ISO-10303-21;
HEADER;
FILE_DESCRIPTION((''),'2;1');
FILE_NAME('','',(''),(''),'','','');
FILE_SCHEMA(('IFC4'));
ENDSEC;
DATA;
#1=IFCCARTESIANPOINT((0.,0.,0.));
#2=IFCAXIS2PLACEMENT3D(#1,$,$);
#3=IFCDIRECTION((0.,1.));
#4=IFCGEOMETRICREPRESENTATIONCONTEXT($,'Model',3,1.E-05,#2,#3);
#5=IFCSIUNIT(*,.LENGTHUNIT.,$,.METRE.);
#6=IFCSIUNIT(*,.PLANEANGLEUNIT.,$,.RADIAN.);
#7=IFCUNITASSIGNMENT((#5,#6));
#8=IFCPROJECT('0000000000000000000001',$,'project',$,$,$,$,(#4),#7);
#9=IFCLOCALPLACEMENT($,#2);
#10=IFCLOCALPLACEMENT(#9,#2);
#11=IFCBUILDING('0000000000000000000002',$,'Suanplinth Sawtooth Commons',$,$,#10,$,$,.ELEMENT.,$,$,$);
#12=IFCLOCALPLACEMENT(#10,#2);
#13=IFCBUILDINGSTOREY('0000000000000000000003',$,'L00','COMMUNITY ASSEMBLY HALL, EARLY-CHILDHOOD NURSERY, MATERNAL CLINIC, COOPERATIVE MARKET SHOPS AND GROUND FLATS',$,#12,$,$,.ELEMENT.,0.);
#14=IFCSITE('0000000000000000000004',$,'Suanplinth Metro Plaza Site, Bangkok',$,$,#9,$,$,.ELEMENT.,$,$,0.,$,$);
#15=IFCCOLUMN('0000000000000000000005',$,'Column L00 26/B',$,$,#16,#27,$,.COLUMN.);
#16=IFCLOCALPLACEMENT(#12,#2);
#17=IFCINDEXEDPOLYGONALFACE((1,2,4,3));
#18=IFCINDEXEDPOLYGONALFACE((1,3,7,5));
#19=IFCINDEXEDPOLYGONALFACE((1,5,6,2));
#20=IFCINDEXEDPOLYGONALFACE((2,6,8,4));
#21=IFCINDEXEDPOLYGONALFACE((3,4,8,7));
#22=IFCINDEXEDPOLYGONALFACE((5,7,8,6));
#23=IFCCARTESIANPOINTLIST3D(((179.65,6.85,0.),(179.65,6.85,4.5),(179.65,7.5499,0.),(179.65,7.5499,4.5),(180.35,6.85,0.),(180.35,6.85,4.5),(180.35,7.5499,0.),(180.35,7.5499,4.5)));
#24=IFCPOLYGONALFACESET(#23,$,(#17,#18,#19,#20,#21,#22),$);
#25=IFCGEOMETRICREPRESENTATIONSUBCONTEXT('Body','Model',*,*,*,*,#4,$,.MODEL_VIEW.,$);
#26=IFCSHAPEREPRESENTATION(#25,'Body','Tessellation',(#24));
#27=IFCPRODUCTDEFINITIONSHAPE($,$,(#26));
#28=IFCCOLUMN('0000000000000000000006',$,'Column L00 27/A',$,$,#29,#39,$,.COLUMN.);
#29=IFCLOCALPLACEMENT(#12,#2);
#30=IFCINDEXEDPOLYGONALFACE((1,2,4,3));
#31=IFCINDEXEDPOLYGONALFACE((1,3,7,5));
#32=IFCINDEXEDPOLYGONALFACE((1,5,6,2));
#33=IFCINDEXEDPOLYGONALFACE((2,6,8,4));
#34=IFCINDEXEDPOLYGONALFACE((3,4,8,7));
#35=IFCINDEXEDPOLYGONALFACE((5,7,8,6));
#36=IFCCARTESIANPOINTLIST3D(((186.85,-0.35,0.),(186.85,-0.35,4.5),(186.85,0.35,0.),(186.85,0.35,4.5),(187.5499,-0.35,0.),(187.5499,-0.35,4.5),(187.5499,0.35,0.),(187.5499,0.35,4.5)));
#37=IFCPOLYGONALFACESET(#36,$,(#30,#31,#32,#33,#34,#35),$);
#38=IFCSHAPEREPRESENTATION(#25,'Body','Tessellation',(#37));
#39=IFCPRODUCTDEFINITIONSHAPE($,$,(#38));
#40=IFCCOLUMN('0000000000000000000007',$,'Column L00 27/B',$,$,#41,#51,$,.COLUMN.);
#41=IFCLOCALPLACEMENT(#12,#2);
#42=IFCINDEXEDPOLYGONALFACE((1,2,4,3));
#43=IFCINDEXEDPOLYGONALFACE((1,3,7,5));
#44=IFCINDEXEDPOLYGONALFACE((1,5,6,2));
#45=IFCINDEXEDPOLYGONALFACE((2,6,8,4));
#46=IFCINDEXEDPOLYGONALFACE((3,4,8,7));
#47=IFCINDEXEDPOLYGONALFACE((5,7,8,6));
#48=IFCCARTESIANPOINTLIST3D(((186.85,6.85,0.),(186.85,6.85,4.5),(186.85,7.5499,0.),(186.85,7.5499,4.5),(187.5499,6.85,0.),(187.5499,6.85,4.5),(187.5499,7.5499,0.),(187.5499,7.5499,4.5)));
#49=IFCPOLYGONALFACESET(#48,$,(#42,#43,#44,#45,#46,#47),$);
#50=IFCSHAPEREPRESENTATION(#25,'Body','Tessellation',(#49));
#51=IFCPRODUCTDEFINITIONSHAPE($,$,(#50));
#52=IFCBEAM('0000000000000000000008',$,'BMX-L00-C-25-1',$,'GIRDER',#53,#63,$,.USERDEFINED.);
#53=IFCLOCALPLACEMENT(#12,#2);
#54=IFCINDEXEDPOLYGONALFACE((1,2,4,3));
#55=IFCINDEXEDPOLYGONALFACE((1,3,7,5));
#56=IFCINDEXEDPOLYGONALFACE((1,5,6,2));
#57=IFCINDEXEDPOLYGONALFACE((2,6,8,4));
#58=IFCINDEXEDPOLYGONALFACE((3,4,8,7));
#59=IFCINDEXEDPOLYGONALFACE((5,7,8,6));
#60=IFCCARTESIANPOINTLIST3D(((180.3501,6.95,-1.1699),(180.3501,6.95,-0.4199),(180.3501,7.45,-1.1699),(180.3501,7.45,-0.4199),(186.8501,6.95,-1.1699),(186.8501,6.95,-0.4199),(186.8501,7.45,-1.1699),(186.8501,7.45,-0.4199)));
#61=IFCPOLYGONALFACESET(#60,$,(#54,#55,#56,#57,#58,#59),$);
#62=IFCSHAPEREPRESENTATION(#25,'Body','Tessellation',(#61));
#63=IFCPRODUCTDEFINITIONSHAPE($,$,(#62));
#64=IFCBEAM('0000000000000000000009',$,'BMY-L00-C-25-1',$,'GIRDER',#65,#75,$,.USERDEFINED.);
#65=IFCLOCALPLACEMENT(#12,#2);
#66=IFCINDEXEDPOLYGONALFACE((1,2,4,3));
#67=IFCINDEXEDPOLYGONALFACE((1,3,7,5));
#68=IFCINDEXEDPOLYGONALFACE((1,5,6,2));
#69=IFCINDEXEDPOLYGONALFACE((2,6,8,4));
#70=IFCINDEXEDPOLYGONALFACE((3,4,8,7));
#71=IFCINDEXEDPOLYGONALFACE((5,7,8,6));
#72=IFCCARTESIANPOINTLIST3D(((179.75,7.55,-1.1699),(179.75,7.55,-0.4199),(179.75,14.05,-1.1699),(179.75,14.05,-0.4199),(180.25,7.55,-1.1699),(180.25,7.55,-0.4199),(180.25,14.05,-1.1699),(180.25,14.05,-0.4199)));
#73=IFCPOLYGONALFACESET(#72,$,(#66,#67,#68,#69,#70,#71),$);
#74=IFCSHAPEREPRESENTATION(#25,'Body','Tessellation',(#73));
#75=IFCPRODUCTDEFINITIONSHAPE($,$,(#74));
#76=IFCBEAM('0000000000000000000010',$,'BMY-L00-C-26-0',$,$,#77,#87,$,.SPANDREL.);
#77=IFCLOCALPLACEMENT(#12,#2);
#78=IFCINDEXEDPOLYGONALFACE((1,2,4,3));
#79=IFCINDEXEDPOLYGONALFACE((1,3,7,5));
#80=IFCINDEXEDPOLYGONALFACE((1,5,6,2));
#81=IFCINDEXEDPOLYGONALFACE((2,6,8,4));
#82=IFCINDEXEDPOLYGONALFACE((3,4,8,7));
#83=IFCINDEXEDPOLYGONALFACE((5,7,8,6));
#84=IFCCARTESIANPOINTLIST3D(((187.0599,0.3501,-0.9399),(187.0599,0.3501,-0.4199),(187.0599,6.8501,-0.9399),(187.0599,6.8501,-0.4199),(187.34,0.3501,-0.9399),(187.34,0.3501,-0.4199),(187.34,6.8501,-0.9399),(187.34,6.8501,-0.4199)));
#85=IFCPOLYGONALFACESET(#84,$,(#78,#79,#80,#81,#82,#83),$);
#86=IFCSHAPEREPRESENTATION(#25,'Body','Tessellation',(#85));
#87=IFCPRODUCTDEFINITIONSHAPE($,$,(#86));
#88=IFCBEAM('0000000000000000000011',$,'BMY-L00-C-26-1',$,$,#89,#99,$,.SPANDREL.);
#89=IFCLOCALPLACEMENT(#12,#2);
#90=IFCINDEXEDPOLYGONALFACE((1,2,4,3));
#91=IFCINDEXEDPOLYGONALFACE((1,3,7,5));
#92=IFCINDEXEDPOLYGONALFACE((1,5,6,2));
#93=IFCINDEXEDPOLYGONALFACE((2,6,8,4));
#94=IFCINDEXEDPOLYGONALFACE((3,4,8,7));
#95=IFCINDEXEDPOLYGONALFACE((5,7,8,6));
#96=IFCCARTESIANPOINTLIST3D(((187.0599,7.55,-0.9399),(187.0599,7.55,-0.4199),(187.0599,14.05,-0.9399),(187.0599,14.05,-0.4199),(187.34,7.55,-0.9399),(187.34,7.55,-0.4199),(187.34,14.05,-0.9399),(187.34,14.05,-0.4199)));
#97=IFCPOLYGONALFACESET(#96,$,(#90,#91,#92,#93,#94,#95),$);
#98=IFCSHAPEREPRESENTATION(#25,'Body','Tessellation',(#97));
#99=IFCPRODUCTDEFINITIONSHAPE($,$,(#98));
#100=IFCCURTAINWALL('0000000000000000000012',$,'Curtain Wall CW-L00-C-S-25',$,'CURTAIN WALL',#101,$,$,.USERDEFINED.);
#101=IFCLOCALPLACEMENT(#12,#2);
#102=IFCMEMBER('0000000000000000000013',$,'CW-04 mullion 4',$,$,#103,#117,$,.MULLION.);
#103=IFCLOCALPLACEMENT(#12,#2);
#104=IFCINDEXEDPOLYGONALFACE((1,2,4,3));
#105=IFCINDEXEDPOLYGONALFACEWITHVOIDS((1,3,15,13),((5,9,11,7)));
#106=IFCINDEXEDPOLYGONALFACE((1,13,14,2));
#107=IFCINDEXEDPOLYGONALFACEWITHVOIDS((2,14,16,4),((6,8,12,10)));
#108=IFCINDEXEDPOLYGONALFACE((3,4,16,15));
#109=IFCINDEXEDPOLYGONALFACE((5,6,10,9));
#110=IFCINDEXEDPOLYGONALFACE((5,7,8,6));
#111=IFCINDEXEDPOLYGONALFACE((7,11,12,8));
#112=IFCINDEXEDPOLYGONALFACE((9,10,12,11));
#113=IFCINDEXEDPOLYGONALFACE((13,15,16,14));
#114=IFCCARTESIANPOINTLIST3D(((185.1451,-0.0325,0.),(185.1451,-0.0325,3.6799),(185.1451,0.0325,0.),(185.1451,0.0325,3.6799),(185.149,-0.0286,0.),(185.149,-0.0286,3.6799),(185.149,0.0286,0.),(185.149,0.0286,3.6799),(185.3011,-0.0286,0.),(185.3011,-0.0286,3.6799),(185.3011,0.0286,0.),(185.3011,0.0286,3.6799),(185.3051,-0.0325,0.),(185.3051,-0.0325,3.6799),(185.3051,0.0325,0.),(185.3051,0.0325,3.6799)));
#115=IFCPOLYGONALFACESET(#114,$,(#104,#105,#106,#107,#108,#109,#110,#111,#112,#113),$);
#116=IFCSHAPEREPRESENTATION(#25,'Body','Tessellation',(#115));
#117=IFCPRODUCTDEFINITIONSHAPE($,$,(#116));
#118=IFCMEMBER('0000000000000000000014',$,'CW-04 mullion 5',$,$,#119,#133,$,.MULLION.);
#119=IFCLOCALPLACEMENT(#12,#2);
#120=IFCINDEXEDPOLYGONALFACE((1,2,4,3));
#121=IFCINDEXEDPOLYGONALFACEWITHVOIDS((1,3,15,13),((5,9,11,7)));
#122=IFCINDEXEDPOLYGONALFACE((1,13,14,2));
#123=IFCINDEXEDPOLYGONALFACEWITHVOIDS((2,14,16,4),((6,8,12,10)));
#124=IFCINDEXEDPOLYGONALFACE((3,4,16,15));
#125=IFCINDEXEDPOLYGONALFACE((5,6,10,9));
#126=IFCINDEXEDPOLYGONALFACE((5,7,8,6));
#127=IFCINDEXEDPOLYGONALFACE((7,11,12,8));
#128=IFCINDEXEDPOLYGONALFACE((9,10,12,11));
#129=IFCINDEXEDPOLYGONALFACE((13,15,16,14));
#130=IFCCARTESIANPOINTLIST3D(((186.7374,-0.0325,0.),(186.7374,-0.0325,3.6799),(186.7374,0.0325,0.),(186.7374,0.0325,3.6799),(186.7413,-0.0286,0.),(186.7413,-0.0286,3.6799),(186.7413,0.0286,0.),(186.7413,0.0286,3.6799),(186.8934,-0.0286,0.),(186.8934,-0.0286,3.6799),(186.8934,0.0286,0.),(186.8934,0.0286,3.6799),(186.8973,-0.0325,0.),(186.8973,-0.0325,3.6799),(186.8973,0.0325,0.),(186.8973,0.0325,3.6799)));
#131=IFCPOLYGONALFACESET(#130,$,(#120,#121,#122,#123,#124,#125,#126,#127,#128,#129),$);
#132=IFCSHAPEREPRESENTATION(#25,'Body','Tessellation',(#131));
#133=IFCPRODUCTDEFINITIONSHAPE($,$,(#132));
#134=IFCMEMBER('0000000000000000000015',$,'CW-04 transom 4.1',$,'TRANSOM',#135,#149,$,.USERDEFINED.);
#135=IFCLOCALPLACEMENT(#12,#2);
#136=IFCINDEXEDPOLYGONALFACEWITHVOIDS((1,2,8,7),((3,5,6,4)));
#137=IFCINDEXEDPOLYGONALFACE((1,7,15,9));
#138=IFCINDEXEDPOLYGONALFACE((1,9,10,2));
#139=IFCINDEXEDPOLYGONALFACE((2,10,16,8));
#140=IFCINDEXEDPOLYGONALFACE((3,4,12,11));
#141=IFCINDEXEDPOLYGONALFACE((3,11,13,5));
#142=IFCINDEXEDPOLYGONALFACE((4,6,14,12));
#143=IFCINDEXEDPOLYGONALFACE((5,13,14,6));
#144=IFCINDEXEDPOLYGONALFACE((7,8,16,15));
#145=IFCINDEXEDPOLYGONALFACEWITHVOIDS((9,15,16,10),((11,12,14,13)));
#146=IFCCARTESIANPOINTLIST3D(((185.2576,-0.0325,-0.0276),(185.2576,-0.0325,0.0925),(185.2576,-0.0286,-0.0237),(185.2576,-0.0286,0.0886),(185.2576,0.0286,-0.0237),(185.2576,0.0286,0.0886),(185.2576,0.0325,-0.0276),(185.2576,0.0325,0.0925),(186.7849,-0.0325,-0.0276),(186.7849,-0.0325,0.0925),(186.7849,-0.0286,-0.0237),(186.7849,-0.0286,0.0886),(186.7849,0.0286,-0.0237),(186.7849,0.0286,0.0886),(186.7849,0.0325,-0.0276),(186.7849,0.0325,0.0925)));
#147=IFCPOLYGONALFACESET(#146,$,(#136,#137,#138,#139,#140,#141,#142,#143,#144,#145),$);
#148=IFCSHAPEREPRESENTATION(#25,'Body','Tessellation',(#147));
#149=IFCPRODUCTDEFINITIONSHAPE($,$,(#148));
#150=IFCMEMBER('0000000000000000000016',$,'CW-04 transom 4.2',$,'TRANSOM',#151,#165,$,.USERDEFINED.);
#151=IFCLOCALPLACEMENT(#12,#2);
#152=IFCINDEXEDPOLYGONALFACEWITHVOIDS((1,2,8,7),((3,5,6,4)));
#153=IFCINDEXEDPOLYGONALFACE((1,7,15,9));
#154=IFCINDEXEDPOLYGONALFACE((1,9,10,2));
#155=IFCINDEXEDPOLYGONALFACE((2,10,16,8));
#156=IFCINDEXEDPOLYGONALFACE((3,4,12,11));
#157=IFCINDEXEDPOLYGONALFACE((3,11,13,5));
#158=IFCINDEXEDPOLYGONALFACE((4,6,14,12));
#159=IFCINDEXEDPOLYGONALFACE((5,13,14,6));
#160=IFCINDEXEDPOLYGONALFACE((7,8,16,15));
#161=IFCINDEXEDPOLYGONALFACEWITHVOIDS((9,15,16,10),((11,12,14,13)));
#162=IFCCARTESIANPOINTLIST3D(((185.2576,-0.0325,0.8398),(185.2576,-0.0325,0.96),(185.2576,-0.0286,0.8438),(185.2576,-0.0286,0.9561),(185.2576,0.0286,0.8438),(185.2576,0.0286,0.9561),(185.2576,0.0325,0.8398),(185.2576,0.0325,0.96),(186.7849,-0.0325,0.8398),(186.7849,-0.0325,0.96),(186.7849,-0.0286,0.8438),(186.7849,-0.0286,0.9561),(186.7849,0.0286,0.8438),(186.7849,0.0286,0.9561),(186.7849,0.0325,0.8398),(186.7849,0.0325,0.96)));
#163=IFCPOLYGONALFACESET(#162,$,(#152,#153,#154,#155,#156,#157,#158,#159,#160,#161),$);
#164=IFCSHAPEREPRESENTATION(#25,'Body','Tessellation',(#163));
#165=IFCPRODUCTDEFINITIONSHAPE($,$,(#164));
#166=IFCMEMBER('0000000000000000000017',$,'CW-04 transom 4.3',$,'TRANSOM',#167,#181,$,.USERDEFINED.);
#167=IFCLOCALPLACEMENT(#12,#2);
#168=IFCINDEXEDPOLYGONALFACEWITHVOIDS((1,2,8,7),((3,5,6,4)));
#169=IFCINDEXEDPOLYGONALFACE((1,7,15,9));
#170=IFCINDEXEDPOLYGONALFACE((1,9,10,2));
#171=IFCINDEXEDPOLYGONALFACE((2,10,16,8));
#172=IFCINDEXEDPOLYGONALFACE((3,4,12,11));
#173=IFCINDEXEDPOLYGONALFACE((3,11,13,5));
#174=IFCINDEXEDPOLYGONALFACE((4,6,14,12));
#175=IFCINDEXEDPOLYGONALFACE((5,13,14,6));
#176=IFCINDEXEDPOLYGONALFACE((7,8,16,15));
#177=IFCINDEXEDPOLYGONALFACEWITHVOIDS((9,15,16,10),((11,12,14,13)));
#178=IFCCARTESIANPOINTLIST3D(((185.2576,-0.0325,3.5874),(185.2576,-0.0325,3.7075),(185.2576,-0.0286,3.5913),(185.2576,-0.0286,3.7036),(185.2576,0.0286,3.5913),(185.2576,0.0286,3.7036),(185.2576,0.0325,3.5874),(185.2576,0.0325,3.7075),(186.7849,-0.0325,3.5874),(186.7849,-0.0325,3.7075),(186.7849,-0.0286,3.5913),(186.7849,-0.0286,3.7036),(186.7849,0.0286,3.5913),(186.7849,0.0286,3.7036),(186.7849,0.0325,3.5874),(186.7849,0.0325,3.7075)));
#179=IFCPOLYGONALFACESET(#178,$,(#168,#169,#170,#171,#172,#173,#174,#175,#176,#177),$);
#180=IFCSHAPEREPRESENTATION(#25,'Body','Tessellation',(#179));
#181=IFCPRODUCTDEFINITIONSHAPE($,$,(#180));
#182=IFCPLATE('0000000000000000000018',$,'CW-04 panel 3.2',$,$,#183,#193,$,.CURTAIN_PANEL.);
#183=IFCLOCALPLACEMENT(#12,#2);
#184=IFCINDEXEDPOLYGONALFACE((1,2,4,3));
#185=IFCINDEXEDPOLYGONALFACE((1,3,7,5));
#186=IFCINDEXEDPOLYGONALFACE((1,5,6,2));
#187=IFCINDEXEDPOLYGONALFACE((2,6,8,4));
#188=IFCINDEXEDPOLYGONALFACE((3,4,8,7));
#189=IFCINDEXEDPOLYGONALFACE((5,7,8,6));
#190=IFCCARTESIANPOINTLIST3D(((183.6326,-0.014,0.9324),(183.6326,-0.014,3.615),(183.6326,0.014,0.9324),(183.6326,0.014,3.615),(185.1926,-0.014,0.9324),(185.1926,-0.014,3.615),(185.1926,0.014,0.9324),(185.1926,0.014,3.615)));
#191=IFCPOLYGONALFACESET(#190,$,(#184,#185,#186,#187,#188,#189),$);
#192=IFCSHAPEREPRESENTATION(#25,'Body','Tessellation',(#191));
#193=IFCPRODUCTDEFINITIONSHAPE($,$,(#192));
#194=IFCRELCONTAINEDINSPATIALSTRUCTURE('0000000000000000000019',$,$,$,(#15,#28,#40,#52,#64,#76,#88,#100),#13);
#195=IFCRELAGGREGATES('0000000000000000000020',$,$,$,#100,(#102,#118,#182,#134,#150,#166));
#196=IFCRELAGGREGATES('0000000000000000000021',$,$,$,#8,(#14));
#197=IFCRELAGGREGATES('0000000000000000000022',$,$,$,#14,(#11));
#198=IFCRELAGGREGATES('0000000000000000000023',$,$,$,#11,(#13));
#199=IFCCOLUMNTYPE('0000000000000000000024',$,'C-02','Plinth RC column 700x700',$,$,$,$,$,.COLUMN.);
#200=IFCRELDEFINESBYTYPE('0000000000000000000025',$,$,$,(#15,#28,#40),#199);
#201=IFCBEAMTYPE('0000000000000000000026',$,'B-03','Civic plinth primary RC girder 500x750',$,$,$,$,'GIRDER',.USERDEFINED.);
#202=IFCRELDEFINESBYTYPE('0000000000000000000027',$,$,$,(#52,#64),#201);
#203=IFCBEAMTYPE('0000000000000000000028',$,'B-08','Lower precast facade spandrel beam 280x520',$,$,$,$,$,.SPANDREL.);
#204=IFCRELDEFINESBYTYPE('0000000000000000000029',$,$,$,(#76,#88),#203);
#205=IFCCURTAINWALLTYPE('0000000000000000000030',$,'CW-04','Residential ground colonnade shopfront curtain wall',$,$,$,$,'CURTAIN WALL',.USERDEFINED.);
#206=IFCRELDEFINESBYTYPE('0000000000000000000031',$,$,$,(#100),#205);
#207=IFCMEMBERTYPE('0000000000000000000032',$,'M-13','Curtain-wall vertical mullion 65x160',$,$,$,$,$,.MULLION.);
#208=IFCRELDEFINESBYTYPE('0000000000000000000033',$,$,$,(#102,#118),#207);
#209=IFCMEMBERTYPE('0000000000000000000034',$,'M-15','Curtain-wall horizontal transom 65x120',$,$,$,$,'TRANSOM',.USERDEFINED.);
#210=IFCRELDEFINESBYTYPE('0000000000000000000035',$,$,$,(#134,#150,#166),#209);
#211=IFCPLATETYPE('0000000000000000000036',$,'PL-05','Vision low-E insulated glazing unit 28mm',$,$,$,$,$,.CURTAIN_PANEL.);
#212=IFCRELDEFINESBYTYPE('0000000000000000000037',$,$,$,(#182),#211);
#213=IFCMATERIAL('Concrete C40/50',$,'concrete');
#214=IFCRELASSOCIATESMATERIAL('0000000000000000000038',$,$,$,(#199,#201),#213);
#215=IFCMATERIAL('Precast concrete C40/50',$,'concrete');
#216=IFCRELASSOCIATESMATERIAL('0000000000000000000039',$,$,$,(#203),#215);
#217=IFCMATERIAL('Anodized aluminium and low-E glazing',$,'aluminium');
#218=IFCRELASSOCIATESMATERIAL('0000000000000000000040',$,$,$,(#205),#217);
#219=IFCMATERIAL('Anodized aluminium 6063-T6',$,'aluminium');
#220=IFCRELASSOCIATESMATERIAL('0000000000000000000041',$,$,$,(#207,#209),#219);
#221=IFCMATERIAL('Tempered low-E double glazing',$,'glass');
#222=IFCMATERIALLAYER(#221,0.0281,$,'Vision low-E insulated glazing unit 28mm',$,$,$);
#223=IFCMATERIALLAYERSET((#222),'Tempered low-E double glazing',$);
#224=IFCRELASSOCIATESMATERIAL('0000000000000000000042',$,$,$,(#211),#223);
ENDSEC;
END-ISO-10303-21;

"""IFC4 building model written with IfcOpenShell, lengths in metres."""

from ifc_helpers import new_model, si_unit, direction, frame, origin, origin_2d, place, context, subcontext, project, spatial, rectangle, hollow_rectangle, extrude, material, layer, layer_set, material_profile, profile_set, type_object, element, aggregate, save


model = new_model("IFC4")

# Units and contexts
model_context = context("Model", 3, precision=1e-05, world=origin(), true_north=direction((0.0, 1.0)))
body_context = subcontext(model_context, "Body", "Model", "MODEL_VIEW")
ifc_project = project(units=[si_unit("LENGTHUNIT", "METRE"), si_unit("PLANEANGLEUNIT", "RADIAN")], contexts=[model_context])

# Site, building, storey
site_placement = place(None, origin())
site = spatial("IfcSite", under=ifc_project, at=site_placement, Name="Suanplinth Metro Plaza Site, Bangkok", CompositionType="ELEMENT", RefElevation=0.0)
building_placement = place(site_placement, origin())
building = spatial("IfcBuilding", under=site, at=building_placement, Name="Suanplinth Sawtooth Commons", CompositionType="ELEMENT")
storey_placement = place(building_placement, origin())
storey = spatial("IfcBuildingStorey", under=building, at=storey_placement, Name="L00", Description="COMMUNITY ASSEMBLY HALL, EARLY-CHILDHOOD NURSERY, MATERNAL CLINIC, COOPERATIVE MARKET SHOPS AND GROUND FLATS", CompositionType="ELEMENT", Elevation=0.0)

# Columns
ifc_material_1 = material(Name="Concrete C40/50", Category="concrete")
ifc_material_profile_1 = material_profile(ifc_material_1, rectangle(XDim=0.7, YDim=0.7, at=origin_2d()), Name="RC-COL 700x700")
ifc_profile_set_1 = profile_set([ifc_material_profile_1], Name="Concrete C40/50")
column_type = type_object("IfcColumnType", Name="C-02", Description="Plinth RC column 700x700", PredefinedType="COLUMN", material=ifc_profile_set_1)
for number, where, z_axis, x_axis, name in (
    (1, (180.0, 7.2, 0.0), (0.0, 0.0, 1.0), (1.0, 0.0, 0.0), "Column L00 26/B"),
    (2, (187.2, 0.0, 0.0), (0.0, 0.0, 1.0), (1.0, 0.0, 0.0), "Column L00 27/A"),
    (3, (187.2, 7.2, 0.0), (0.0, 0.0, 1.0), (1.0, 0.0, 0.0), "Column L00 27/B"),
):
    element("IfcColumn", number, at=place(storey_placement, frame(where, z_axis=z_axis, x_axis=x_axis)), inside=storey, type_object=column_type, Name=name, PredefinedType="COLUMN", context=body_context, shape_type="SweptSolid", body=[
        extrude(rectangle(XDim=0.7, YDim=0.7, at=origin_2d()), origin(), (0.0, 0.0, 1.0), 4.5),
    ])

# Beams
ifc_material_profile_2 = material_profile(ifc_material_1, rectangle(XDim=0.5, YDim=0.75, at=origin_2d()), Name="RC-GDR 500x750")
ifc_profile_set_2 = profile_set([ifc_material_profile_2], Name="Concrete C40/50")
beam_type_1 = type_object("IfcBeamType", Name="B-03", Description="Civic plinth primary RC girder 500x750", ElementType="GIRDER", PredefinedType="USERDEFINED", material=ifc_profile_set_2)
for number, where, z_axis, x_axis, name in (
    (4, (180.3501, 7.2, -0.7949), (1.0, 0.0, 0.0), (0.0, 1.0, 0.0), "BMX-L00-C-25-1"),
    (5, (180.0, 7.55, -0.7949), (0.0, 1.0, 0.0), (-1.0, 0.0, 0.0), "BMY-L00-C-25-1"),
):
    element("IfcBeam", number, at=place(storey_placement, frame(where, z_axis=z_axis, x_axis=x_axis)), inside=storey, type_object=beam_type_1, Name=name, ObjectType="GIRDER", PredefinedType="USERDEFINED", context=body_context, shape_type="SweptSolid", body=[
        extrude(rectangle(XDim=0.5, YDim=0.75, at=origin_2d()), origin(), (0.0, 0.0, 1.0), 6.5),
    ])
ifc_material_2 = material(Name="Precast concrete C40/50", Category="concrete")
ifc_material_profile_3 = material_profile(ifc_material_2, rectangle(XDim=0.28, YDim=0.52, at=origin_2d()), Name="PC-SP 280x520")
ifc_profile_set_3 = profile_set([ifc_material_profile_3], Name="Precast concrete C40/50")
beam_type_2 = type_object("IfcBeamType", Name="B-08", Description="Lower precast facade spandrel beam 280x520", PredefinedType="SPANDREL", material=ifc_profile_set_3)
for number, where, z_axis, x_axis, name in (
    (6, (187.2, 0.3501, -0.6799), (0.0, 1.0, 0.0), (-1.0, 0.0, 0.0), "BMY-L00-C-26-0"),
    (7, (187.2, 7.55, -0.6799), (0.0, 1.0, 0.0), (-1.0, 0.0, 0.0), "BMY-L00-C-26-1"),
):
    element("IfcBeam", number, at=place(storey_placement, frame(where, z_axis=z_axis, x_axis=x_axis)), inside=storey, type_object=beam_type_2, Name=name, PredefinedType="SPANDREL", context=body_context, shape_type="SweptSolid", body=[
        extrude(rectangle(XDim=0.28, YDim=0.52, at=origin_2d()), origin(), (0.0, 0.0, 1.0), 6.5),
    ])

# Curtain wall, members, plate
ifc_material_3 = material(Name="Anodized aluminium and low-E glazing", Category="aluminium")
curtain_wall_type = type_object("IfcCurtainWallType", Name="CW-04", Description="Residential ground colonnade shopfront curtain wall", ElementType="CURTAIN WALL", PredefinedType="USERDEFINED", material=ifc_material_3)
curtain_wall_placement = place(storey_placement, origin())
curtain_wall = element("IfcCurtainWall", 8, at=curtain_wall_placement, inside=storey, type_object=curtain_wall_type, Name="Curtain Wall CW-L00-C-S-25", ObjectType="CURTAIN WALL", PredefinedType="USERDEFINED")
ifc_material_4 = material(Name="Anodized aluminium 6063-T6", Category="aluminium")
ifc_material_profile_4 = material_profile(ifc_material_4, hollow_rectangle(XDim=0.0649, YDim=0.1599, WallThickness=0.0039, at=origin_2d()), Name="ALU-MUL 65x160")
ifc_profile_set_4 = profile_set([ifc_material_profile_4], Name="Anodized aluminium 6063-T6")
member_type_1 = type_object("IfcMemberType", Name="M-13", Description="Curtain-wall vertical mullion 65x160", PredefinedType="MULLION", material=ifc_profile_set_4)
member_1_placement = place(storey_placement, frame((185.2251, 0.0, 0.0), z_axis=(0.0, 0.0, 1.0), x_axis=(0.0, 1.0, 0.0)))
member_1 = element("IfcMember", 9, at=member_1_placement, type_object=member_type_1, Name="CW-04 mullion 4", PredefinedType="MULLION", context=body_context, shape_type="SweptSolid", body=[
    extrude(hollow_rectangle(XDim=0.0649, YDim=0.1599, WallThickness=0.0039, at=origin_2d()), origin(), (0.0, 0.0, 1.0), 3.6799),
])
member_2_placement = place(storey_placement, frame((186.8174, 0.0, 0.0), z_axis=(0.0, 0.0, 1.0), x_axis=(0.0, 1.0, 0.0)))
member_2 = element("IfcMember", 10, at=member_2_placement, type_object=member_type_1, Name="CW-04 mullion 5", PredefinedType="MULLION", context=body_context, shape_type="SweptSolid", body=[
    extrude(hollow_rectangle(XDim=0.0649, YDim=0.1599, WallThickness=0.0039, at=origin_2d()), origin(), (0.0, 0.0, 1.0), 3.6799),
])
ifc_material_profile_5 = material_profile(ifc_material_4, hollow_rectangle(XDim=0.0649, YDim=0.1201, WallThickness=0.0039, at=origin_2d()), Name="ALU-TRN 65x120")
ifc_profile_set_5 = profile_set([ifc_material_profile_5], Name="Anodized aluminium 6063-T6")
member_type_2 = type_object("IfcMemberType", Name="M-15", Description="Curtain-wall horizontal transom 65x120", ElementType="TRANSOM", PredefinedType="USERDEFINED", material=ifc_profile_set_5)
member_3_placement = place(storey_placement, frame((185.2576, 0.0, 0.0325), z_axis=(1.0, 0.0, 0.0), x_axis=(0.0, 1.0, 0.0)))
member_3 = element("IfcMember", 11, at=member_3_placement, type_object=member_type_2, Name="CW-04 transom 4.1", ObjectType="TRANSOM", PredefinedType="USERDEFINED", context=body_context, shape_type="SweptSolid", body=[
    extrude(hollow_rectangle(XDim=0.0649, YDim=0.1201, WallThickness=0.0039, at=origin_2d()), origin(), (0.0, 0.0, 1.0), 1.5273),
])
member_4_placement = place(storey_placement, frame((185.2576, 0.0, 0.8999), z_axis=(1.0, 0.0, 0.0), x_axis=(0.0, 1.0, 0.0)))
member_4 = element("IfcMember", 12, at=member_4_placement, type_object=member_type_2, Name="CW-04 transom 4.2", ObjectType="TRANSOM", PredefinedType="USERDEFINED", context=body_context, shape_type="SweptSolid", body=[
    extrude(hollow_rectangle(XDim=0.0649, YDim=0.1201, WallThickness=0.0039, at=origin_2d()), origin(), (0.0, 0.0, 1.0), 1.5273),
])
member_5_placement = place(storey_placement, frame((185.2576, 0.0, 3.6475), z_axis=(1.0, 0.0, 0.0), x_axis=(0.0, 1.0, 0.0)))
member_5 = element("IfcMember", 13, at=member_5_placement, type_object=member_type_2, Name="CW-04 transom 4.3", ObjectType="TRANSOM", PredefinedType="USERDEFINED", context=body_context, shape_type="SweptSolid", body=[
    extrude(hollow_rectangle(XDim=0.0649, YDim=0.1201, WallThickness=0.0039, at=origin_2d()), origin(), (0.0, 0.0, 1.0), 1.5273),
])
ifc_material_5 = material(Name="Tempered low-E double glazing", Category="glass")
ifc_layer_1 = layer(ifc_material_5, 0.0281, Name="Vision low-E insulated glazing unit 28mm")
ifc_layer_set_1 = layer_set([ifc_layer_1], Name="Tempered low-E double glazing")
plate_type = type_object("IfcPlateType", Name="PL-05", Description="Vision low-E insulated glazing unit 28mm", PredefinedType="CURTAIN_PANEL", material=ifc_layer_set_1)
plate_1_placement = place(storey_placement, frame((184.4126, 0.0, 0.9324), z_axis=(0.0, 0.0, 1.0), x_axis=(1.0, 0.0, 0.0)))
plate_1 = element("IfcPlate", 14, at=plate_1_placement, type_object=plate_type, Name="CW-04 panel 3.2", PredefinedType="CURTAIN_PANEL", context=body_context, shape_type="SweptSolid", body=[
    extrude(rectangle(XDim=1.5601, YDim=0.0281, at=origin_2d()), origin(), (0.0, 0.0, 1.0), 2.6826),
])
aggregate(curtain_wall, [member_1, member_2, plate_1, member_3, member_4, member_5])

save(model, "model.ifc")
